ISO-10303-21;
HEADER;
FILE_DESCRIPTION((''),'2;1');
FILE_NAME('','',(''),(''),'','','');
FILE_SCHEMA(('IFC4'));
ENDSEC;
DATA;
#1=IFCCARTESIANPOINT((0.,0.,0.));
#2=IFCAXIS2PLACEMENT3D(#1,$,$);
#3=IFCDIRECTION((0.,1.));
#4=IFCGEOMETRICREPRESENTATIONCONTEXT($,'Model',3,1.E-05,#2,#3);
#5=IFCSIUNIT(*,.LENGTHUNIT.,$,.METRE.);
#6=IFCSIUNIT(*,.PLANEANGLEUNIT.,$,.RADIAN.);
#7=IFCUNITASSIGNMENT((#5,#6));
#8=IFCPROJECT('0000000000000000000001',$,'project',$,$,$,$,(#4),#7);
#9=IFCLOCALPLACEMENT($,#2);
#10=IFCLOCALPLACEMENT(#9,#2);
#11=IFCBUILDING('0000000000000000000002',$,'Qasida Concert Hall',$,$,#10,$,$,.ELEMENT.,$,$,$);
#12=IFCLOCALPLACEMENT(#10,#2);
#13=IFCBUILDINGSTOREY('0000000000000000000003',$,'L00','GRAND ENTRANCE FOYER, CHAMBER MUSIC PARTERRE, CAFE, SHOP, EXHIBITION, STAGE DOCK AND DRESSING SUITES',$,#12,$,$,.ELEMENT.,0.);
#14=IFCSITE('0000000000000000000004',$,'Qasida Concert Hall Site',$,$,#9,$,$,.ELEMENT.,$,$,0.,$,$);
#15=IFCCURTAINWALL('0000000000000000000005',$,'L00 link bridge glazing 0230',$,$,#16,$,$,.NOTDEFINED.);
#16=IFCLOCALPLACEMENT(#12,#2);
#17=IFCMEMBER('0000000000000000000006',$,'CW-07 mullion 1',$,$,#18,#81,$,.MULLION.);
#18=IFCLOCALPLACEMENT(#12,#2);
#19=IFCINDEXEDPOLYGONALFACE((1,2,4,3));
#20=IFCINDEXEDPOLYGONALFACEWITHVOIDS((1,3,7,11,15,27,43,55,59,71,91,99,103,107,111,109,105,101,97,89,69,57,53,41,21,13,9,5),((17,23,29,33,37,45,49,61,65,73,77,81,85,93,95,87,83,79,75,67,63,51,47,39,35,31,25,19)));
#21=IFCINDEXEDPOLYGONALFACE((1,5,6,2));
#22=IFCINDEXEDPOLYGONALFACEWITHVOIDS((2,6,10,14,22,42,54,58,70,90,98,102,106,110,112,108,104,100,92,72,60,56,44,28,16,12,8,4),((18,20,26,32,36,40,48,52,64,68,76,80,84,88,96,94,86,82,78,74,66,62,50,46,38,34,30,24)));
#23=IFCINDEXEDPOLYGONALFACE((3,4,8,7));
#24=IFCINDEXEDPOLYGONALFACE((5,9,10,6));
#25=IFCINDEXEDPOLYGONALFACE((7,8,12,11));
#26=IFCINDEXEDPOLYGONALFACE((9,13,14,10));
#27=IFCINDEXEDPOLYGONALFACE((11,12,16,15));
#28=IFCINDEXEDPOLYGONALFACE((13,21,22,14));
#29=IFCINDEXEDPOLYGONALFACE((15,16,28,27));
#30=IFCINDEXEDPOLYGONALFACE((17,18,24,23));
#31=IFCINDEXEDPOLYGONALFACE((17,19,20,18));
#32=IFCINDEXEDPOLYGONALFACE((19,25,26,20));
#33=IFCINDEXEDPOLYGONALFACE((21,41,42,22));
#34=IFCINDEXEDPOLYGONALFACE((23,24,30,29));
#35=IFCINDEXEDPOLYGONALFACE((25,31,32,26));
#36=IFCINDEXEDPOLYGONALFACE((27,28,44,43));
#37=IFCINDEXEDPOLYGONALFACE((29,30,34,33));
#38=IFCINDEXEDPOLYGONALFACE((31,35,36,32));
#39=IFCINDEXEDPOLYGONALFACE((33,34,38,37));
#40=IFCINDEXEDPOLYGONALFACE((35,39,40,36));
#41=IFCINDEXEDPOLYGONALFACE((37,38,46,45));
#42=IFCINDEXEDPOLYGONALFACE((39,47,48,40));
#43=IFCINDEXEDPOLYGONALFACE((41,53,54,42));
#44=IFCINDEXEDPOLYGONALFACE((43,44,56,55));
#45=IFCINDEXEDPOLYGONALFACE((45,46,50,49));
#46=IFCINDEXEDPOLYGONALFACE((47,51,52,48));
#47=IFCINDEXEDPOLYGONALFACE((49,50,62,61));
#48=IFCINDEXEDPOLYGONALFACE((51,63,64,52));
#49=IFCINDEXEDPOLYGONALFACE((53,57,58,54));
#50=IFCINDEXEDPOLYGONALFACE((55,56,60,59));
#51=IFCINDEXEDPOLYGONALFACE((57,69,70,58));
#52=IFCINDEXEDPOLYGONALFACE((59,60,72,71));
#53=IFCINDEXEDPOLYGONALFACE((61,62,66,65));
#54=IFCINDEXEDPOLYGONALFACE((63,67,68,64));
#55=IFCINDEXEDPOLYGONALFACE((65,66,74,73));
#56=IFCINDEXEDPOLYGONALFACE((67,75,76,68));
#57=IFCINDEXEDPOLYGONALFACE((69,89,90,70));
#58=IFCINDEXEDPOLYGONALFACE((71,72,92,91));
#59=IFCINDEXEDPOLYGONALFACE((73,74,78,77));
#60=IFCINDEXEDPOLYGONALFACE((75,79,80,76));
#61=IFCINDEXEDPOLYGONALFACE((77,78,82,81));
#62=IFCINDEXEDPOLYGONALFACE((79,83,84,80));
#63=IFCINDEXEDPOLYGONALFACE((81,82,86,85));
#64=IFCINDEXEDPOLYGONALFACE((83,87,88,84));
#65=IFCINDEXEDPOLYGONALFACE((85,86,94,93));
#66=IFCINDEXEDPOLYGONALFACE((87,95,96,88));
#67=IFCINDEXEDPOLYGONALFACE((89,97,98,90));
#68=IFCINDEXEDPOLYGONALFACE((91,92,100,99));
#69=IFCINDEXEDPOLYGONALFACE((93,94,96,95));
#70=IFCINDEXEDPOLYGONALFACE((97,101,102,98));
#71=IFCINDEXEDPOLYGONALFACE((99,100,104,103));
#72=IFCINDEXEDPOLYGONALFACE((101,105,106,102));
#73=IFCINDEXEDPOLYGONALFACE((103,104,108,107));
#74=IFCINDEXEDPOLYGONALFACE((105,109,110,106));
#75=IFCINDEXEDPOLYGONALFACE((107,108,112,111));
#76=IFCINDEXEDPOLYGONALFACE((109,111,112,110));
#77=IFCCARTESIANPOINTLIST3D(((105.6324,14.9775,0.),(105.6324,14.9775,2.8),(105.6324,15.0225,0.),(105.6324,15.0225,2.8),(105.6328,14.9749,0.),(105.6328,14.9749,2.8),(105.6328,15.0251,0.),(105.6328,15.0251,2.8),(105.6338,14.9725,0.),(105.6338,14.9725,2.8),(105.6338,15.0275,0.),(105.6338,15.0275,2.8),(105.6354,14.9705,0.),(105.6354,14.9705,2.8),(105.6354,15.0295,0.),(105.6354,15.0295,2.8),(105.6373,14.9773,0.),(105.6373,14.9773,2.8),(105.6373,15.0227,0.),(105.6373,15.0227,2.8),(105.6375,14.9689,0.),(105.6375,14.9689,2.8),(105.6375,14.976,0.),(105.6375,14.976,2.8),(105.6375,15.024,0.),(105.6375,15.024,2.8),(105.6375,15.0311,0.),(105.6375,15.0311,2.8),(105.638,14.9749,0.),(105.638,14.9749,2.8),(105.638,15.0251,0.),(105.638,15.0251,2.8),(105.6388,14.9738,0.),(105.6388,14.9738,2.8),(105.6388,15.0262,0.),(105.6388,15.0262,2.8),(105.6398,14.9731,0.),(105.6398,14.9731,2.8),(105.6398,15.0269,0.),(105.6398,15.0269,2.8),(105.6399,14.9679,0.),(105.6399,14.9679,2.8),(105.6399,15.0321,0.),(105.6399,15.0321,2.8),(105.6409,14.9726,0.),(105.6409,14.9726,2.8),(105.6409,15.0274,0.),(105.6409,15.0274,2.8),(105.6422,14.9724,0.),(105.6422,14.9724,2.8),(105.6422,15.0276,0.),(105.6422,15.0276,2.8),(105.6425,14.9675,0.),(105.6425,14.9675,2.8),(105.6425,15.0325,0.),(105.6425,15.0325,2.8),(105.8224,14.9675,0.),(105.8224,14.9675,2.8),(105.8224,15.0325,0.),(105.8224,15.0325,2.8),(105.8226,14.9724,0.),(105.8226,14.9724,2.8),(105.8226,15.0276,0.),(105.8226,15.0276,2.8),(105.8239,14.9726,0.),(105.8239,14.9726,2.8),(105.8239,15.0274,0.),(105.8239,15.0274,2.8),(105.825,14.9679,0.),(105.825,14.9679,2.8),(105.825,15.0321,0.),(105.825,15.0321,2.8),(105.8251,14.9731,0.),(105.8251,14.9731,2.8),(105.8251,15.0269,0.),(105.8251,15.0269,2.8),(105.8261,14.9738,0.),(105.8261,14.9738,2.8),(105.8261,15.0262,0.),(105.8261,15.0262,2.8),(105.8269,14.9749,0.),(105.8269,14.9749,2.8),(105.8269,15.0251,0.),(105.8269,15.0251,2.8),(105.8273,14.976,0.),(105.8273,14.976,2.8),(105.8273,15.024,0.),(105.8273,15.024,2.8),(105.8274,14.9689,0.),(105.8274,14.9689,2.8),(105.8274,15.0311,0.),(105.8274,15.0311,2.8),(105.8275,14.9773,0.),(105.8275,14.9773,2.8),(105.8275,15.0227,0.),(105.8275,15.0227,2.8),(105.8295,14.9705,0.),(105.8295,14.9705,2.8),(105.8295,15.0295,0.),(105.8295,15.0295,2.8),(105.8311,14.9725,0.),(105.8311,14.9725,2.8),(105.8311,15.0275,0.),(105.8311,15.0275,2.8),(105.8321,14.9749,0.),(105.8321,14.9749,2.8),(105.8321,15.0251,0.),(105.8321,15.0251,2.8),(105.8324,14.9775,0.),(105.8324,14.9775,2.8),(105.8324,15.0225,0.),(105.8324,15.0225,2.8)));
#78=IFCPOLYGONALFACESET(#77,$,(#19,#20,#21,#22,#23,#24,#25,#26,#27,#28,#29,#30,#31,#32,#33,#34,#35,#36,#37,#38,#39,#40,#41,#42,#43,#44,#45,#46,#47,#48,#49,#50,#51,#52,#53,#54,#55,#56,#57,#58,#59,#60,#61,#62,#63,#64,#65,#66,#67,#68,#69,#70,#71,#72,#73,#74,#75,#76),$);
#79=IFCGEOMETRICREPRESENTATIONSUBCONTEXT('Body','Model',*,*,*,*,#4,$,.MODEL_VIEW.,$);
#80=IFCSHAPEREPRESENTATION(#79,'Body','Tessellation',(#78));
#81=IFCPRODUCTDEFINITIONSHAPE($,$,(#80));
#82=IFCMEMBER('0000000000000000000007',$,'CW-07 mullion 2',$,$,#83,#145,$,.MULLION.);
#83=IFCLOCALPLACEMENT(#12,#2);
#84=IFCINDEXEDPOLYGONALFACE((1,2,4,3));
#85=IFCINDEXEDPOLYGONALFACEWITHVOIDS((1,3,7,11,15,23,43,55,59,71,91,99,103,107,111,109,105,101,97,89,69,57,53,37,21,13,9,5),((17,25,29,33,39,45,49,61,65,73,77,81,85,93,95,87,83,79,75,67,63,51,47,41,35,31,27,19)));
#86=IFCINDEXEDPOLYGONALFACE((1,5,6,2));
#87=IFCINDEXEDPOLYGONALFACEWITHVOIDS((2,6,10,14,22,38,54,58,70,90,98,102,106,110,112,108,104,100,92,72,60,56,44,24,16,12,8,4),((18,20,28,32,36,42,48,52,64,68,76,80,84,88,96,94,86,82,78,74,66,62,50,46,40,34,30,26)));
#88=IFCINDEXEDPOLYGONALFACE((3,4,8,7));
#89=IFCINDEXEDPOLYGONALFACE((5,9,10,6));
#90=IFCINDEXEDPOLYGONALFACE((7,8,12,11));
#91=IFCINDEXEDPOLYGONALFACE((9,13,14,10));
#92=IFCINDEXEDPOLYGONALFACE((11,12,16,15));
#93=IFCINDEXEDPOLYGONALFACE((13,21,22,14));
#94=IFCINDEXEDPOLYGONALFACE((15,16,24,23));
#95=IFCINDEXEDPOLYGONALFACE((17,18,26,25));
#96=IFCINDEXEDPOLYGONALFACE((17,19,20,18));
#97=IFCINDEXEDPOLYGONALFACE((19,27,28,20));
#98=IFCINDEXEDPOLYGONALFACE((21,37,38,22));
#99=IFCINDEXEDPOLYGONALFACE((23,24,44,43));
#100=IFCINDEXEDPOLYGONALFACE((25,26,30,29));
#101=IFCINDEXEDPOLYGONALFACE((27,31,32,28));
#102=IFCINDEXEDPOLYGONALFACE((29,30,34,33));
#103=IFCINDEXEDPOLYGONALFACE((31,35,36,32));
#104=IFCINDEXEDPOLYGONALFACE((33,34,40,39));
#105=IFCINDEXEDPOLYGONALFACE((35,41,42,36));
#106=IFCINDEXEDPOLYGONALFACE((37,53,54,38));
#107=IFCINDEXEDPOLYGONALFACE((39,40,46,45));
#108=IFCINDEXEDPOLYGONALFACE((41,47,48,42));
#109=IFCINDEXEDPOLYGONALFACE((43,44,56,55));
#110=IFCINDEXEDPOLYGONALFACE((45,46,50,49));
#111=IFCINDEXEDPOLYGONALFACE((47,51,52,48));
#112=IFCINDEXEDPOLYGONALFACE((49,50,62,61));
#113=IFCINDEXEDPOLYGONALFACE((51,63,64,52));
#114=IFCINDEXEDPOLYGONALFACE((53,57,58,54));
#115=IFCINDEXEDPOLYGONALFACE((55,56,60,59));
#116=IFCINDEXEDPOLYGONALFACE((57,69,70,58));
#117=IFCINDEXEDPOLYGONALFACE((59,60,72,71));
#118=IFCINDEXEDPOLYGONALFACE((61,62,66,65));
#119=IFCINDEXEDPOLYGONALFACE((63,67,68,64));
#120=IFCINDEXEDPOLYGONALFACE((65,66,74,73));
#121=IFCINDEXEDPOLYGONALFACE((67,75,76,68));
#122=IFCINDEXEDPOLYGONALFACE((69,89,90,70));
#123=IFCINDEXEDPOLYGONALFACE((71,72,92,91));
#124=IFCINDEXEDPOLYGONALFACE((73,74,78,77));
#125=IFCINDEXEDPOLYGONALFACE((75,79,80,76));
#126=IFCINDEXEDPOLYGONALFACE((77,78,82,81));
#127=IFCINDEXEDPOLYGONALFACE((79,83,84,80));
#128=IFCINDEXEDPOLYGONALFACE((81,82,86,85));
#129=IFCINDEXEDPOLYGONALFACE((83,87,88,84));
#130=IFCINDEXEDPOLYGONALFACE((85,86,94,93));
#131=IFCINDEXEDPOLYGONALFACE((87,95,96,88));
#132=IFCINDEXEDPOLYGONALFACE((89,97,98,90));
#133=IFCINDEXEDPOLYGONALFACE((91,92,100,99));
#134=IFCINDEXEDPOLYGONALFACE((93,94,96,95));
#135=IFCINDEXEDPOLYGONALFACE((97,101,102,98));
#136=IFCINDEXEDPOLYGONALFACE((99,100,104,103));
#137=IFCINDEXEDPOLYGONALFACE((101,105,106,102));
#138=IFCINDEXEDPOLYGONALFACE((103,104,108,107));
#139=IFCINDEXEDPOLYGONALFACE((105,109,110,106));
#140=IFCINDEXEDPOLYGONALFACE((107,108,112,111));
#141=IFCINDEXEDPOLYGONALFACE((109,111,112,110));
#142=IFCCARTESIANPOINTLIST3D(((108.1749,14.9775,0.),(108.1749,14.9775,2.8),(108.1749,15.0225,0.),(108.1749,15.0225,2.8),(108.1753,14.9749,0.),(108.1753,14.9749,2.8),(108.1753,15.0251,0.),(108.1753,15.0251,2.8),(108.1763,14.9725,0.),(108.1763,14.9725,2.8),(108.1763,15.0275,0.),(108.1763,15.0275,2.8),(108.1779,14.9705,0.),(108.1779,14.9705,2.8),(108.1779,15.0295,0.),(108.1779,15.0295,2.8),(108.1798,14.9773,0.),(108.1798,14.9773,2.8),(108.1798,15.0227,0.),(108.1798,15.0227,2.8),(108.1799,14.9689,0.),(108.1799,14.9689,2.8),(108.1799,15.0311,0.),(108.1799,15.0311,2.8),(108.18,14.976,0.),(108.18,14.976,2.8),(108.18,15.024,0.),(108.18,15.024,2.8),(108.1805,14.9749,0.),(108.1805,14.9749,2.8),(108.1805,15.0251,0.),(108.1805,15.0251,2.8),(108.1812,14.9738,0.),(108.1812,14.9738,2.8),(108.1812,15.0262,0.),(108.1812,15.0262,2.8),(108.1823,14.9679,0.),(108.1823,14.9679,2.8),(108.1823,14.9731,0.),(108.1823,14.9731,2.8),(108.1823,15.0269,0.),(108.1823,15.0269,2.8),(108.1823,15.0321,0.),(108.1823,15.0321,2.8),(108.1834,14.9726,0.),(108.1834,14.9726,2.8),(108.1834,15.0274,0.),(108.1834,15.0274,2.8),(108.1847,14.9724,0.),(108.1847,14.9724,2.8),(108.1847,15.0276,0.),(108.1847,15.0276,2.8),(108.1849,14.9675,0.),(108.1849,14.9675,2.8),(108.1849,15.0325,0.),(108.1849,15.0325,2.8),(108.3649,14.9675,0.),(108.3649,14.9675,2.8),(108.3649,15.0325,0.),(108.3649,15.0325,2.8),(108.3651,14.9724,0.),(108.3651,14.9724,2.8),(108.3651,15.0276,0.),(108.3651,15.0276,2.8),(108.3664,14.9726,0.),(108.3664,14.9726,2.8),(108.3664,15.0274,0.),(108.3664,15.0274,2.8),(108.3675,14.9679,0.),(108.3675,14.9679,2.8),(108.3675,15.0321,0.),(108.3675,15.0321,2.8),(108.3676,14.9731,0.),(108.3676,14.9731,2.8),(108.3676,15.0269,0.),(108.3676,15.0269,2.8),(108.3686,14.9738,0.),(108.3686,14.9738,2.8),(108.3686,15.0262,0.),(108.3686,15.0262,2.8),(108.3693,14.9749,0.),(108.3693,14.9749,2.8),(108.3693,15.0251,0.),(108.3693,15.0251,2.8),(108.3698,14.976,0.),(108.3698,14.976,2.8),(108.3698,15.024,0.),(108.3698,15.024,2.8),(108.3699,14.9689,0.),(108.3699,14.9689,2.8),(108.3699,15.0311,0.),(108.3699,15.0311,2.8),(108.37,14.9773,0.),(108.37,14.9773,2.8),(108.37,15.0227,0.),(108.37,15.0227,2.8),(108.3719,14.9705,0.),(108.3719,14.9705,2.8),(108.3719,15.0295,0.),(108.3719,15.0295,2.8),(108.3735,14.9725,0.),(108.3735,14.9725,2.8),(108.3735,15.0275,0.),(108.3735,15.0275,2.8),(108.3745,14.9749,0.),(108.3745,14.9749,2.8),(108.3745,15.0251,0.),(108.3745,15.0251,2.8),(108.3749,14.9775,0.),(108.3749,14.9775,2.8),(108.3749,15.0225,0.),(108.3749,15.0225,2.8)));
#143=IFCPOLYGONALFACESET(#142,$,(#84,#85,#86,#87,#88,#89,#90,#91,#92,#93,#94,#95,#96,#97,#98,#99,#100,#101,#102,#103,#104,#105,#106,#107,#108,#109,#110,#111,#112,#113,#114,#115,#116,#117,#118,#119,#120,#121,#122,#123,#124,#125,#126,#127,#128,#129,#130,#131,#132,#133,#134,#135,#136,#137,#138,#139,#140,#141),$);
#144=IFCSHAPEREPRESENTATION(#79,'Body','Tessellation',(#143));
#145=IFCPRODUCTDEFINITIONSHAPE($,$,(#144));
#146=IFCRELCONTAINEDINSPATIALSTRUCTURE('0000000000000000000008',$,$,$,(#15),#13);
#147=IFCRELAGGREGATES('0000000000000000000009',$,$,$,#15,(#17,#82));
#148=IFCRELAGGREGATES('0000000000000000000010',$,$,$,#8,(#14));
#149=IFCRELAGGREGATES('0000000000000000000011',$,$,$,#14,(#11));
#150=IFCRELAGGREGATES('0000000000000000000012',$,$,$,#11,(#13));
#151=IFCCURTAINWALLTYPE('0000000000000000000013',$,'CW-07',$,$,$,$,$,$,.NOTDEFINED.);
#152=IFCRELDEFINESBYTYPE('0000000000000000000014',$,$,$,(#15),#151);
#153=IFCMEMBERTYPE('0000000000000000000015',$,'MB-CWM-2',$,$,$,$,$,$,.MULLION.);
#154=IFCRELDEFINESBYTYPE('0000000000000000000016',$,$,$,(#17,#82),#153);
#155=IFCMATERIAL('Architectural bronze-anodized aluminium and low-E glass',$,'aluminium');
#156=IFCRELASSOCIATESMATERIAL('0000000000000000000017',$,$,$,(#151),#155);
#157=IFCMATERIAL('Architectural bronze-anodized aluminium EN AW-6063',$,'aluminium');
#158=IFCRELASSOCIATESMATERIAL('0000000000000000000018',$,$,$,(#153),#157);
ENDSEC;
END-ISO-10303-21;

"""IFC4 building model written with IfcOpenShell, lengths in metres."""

from ifc_helpers import new_model, si_unit, direction, frame, origin, origin_2d, place, context, subcontext, project, spatial, hollow_rectangle, extrude, material, material_profile, profile_set, type_object, element, aggregate, save


model = new_model("IFC4")

# Units and contexts
model_context = context("Model", 3, precision=1e-05, world=origin(), true_north=direction((0.0, 1.0)))
body_context = subcontext(model_context, "Body", "Model", "MODEL_VIEW")
ifc_project = project(units=[si_unit("LENGTHUNIT", "METRE"), si_unit("PLANEANGLEUNIT", "RADIAN")], contexts=[model_context])

# Site, building, storey
site_placement = place(None, origin())
site = spatial("IfcSite", under=ifc_project, at=site_placement, Name="Qasida Concert Hall Site", CompositionType="ELEMENT", RefElevation=0.0)
building_placement = place(site_placement, origin())
building = spatial("IfcBuilding", under=site, at=building_placement, Name="Qasida Concert Hall", CompositionType="ELEMENT")
storey_placement = place(building_placement, origin())
storey = spatial("IfcBuildingStorey", under=building, at=storey_placement, Name="L00", Description="GRAND ENTRANCE FOYER, CHAMBER MUSIC PARTERRE, CAFE, SHOP, EXHIBITION, STAGE DOCK AND DRESSING SUITES", CompositionType="ELEMENT", Elevation=0.0)

# Curtain wall, members
ifc_material_1 = material(Name="Architectural bronze-anodized aluminium and low-E glass", Category="aluminium")
curtain_wall_type = type_object("IfcCurtainWallType", Name="CW-07", PredefinedType="NOTDEFINED", material=ifc_material_1)
curtain_wall_placement = place(storey_placement, origin())
curtain_wall = element("IfcCurtainWall", 1, at=curtain_wall_placement, inside=storey, type_object=curtain_wall_type, Name="L00 link bridge glazing 0230", PredefinedType="NOTDEFINED")
ifc_material_2 = material(Name="Architectural bronze-anodized aluminium EN AW-6063", Category="aluminium")
ifc_material_profile_1 = material_profile(ifc_material_2, hollow_rectangle(XDim=0.0649, YDim=0.2, WallThickness=0.0049, InnerFilletRadius=0.0049, OuterFilletRadius=0.01, at=origin_2d()), Name="CWM 200x65x5")
ifc_profile_set_1 = profile_set([ifc_material_profile_1], Name="Architectural bronze-anodized aluminium EN AW-6063")
member_type_1 = type_object("IfcMemberType", Name="MB-CWM-2", PredefinedType="MULLION", material=ifc_profile_set_1)
member_1_placement = place(storey_placement, frame((105.7324, 15.0, 0.0), z_axis=(0.0, 0.0, 1.0), x_axis=(0.0, 1.0, 0.0)))
member_1 = element("IfcMember", 2, at=member_1_placement, type_object=member_type_1, Name="CW-07 mullion 1", PredefinedType="MULLION", context=body_context, shape_type="SweptSolid", body=[
    extrude(hollow_rectangle(XDim=0.0649, YDim=0.2, WallThickness=0.0049, InnerFilletRadius=0.0049, OuterFilletRadius=0.01, at=origin_2d()), origin(), (0.0, 0.0, 1.0), 2.8),
])
member_2_placement = place(storey_placement, frame((108.2749, 15.0, 0.0), z_axis=(0.0, 0.0, 1.0), x_axis=(0.0, 1.0, 0.0)))
member_2 = element("IfcMember", 3, at=member_2_placement, type_object=member_type_1, Name="CW-07 mullion 2", PredefinedType="MULLION", context=body_context, shape_type="SweptSolid", body=[
    extrude(hollow_rectangle(XDim=0.0649, YDim=0.2, WallThickness=0.0049, InnerFilletRadius=0.0049, OuterFilletRadius=0.01, at=origin_2d()), origin(), (0.0, 0.0, 1.0), 2.8),
])
aggregate(curtain_wall, [member_1, member_2])

save(model, "model.ifc")
